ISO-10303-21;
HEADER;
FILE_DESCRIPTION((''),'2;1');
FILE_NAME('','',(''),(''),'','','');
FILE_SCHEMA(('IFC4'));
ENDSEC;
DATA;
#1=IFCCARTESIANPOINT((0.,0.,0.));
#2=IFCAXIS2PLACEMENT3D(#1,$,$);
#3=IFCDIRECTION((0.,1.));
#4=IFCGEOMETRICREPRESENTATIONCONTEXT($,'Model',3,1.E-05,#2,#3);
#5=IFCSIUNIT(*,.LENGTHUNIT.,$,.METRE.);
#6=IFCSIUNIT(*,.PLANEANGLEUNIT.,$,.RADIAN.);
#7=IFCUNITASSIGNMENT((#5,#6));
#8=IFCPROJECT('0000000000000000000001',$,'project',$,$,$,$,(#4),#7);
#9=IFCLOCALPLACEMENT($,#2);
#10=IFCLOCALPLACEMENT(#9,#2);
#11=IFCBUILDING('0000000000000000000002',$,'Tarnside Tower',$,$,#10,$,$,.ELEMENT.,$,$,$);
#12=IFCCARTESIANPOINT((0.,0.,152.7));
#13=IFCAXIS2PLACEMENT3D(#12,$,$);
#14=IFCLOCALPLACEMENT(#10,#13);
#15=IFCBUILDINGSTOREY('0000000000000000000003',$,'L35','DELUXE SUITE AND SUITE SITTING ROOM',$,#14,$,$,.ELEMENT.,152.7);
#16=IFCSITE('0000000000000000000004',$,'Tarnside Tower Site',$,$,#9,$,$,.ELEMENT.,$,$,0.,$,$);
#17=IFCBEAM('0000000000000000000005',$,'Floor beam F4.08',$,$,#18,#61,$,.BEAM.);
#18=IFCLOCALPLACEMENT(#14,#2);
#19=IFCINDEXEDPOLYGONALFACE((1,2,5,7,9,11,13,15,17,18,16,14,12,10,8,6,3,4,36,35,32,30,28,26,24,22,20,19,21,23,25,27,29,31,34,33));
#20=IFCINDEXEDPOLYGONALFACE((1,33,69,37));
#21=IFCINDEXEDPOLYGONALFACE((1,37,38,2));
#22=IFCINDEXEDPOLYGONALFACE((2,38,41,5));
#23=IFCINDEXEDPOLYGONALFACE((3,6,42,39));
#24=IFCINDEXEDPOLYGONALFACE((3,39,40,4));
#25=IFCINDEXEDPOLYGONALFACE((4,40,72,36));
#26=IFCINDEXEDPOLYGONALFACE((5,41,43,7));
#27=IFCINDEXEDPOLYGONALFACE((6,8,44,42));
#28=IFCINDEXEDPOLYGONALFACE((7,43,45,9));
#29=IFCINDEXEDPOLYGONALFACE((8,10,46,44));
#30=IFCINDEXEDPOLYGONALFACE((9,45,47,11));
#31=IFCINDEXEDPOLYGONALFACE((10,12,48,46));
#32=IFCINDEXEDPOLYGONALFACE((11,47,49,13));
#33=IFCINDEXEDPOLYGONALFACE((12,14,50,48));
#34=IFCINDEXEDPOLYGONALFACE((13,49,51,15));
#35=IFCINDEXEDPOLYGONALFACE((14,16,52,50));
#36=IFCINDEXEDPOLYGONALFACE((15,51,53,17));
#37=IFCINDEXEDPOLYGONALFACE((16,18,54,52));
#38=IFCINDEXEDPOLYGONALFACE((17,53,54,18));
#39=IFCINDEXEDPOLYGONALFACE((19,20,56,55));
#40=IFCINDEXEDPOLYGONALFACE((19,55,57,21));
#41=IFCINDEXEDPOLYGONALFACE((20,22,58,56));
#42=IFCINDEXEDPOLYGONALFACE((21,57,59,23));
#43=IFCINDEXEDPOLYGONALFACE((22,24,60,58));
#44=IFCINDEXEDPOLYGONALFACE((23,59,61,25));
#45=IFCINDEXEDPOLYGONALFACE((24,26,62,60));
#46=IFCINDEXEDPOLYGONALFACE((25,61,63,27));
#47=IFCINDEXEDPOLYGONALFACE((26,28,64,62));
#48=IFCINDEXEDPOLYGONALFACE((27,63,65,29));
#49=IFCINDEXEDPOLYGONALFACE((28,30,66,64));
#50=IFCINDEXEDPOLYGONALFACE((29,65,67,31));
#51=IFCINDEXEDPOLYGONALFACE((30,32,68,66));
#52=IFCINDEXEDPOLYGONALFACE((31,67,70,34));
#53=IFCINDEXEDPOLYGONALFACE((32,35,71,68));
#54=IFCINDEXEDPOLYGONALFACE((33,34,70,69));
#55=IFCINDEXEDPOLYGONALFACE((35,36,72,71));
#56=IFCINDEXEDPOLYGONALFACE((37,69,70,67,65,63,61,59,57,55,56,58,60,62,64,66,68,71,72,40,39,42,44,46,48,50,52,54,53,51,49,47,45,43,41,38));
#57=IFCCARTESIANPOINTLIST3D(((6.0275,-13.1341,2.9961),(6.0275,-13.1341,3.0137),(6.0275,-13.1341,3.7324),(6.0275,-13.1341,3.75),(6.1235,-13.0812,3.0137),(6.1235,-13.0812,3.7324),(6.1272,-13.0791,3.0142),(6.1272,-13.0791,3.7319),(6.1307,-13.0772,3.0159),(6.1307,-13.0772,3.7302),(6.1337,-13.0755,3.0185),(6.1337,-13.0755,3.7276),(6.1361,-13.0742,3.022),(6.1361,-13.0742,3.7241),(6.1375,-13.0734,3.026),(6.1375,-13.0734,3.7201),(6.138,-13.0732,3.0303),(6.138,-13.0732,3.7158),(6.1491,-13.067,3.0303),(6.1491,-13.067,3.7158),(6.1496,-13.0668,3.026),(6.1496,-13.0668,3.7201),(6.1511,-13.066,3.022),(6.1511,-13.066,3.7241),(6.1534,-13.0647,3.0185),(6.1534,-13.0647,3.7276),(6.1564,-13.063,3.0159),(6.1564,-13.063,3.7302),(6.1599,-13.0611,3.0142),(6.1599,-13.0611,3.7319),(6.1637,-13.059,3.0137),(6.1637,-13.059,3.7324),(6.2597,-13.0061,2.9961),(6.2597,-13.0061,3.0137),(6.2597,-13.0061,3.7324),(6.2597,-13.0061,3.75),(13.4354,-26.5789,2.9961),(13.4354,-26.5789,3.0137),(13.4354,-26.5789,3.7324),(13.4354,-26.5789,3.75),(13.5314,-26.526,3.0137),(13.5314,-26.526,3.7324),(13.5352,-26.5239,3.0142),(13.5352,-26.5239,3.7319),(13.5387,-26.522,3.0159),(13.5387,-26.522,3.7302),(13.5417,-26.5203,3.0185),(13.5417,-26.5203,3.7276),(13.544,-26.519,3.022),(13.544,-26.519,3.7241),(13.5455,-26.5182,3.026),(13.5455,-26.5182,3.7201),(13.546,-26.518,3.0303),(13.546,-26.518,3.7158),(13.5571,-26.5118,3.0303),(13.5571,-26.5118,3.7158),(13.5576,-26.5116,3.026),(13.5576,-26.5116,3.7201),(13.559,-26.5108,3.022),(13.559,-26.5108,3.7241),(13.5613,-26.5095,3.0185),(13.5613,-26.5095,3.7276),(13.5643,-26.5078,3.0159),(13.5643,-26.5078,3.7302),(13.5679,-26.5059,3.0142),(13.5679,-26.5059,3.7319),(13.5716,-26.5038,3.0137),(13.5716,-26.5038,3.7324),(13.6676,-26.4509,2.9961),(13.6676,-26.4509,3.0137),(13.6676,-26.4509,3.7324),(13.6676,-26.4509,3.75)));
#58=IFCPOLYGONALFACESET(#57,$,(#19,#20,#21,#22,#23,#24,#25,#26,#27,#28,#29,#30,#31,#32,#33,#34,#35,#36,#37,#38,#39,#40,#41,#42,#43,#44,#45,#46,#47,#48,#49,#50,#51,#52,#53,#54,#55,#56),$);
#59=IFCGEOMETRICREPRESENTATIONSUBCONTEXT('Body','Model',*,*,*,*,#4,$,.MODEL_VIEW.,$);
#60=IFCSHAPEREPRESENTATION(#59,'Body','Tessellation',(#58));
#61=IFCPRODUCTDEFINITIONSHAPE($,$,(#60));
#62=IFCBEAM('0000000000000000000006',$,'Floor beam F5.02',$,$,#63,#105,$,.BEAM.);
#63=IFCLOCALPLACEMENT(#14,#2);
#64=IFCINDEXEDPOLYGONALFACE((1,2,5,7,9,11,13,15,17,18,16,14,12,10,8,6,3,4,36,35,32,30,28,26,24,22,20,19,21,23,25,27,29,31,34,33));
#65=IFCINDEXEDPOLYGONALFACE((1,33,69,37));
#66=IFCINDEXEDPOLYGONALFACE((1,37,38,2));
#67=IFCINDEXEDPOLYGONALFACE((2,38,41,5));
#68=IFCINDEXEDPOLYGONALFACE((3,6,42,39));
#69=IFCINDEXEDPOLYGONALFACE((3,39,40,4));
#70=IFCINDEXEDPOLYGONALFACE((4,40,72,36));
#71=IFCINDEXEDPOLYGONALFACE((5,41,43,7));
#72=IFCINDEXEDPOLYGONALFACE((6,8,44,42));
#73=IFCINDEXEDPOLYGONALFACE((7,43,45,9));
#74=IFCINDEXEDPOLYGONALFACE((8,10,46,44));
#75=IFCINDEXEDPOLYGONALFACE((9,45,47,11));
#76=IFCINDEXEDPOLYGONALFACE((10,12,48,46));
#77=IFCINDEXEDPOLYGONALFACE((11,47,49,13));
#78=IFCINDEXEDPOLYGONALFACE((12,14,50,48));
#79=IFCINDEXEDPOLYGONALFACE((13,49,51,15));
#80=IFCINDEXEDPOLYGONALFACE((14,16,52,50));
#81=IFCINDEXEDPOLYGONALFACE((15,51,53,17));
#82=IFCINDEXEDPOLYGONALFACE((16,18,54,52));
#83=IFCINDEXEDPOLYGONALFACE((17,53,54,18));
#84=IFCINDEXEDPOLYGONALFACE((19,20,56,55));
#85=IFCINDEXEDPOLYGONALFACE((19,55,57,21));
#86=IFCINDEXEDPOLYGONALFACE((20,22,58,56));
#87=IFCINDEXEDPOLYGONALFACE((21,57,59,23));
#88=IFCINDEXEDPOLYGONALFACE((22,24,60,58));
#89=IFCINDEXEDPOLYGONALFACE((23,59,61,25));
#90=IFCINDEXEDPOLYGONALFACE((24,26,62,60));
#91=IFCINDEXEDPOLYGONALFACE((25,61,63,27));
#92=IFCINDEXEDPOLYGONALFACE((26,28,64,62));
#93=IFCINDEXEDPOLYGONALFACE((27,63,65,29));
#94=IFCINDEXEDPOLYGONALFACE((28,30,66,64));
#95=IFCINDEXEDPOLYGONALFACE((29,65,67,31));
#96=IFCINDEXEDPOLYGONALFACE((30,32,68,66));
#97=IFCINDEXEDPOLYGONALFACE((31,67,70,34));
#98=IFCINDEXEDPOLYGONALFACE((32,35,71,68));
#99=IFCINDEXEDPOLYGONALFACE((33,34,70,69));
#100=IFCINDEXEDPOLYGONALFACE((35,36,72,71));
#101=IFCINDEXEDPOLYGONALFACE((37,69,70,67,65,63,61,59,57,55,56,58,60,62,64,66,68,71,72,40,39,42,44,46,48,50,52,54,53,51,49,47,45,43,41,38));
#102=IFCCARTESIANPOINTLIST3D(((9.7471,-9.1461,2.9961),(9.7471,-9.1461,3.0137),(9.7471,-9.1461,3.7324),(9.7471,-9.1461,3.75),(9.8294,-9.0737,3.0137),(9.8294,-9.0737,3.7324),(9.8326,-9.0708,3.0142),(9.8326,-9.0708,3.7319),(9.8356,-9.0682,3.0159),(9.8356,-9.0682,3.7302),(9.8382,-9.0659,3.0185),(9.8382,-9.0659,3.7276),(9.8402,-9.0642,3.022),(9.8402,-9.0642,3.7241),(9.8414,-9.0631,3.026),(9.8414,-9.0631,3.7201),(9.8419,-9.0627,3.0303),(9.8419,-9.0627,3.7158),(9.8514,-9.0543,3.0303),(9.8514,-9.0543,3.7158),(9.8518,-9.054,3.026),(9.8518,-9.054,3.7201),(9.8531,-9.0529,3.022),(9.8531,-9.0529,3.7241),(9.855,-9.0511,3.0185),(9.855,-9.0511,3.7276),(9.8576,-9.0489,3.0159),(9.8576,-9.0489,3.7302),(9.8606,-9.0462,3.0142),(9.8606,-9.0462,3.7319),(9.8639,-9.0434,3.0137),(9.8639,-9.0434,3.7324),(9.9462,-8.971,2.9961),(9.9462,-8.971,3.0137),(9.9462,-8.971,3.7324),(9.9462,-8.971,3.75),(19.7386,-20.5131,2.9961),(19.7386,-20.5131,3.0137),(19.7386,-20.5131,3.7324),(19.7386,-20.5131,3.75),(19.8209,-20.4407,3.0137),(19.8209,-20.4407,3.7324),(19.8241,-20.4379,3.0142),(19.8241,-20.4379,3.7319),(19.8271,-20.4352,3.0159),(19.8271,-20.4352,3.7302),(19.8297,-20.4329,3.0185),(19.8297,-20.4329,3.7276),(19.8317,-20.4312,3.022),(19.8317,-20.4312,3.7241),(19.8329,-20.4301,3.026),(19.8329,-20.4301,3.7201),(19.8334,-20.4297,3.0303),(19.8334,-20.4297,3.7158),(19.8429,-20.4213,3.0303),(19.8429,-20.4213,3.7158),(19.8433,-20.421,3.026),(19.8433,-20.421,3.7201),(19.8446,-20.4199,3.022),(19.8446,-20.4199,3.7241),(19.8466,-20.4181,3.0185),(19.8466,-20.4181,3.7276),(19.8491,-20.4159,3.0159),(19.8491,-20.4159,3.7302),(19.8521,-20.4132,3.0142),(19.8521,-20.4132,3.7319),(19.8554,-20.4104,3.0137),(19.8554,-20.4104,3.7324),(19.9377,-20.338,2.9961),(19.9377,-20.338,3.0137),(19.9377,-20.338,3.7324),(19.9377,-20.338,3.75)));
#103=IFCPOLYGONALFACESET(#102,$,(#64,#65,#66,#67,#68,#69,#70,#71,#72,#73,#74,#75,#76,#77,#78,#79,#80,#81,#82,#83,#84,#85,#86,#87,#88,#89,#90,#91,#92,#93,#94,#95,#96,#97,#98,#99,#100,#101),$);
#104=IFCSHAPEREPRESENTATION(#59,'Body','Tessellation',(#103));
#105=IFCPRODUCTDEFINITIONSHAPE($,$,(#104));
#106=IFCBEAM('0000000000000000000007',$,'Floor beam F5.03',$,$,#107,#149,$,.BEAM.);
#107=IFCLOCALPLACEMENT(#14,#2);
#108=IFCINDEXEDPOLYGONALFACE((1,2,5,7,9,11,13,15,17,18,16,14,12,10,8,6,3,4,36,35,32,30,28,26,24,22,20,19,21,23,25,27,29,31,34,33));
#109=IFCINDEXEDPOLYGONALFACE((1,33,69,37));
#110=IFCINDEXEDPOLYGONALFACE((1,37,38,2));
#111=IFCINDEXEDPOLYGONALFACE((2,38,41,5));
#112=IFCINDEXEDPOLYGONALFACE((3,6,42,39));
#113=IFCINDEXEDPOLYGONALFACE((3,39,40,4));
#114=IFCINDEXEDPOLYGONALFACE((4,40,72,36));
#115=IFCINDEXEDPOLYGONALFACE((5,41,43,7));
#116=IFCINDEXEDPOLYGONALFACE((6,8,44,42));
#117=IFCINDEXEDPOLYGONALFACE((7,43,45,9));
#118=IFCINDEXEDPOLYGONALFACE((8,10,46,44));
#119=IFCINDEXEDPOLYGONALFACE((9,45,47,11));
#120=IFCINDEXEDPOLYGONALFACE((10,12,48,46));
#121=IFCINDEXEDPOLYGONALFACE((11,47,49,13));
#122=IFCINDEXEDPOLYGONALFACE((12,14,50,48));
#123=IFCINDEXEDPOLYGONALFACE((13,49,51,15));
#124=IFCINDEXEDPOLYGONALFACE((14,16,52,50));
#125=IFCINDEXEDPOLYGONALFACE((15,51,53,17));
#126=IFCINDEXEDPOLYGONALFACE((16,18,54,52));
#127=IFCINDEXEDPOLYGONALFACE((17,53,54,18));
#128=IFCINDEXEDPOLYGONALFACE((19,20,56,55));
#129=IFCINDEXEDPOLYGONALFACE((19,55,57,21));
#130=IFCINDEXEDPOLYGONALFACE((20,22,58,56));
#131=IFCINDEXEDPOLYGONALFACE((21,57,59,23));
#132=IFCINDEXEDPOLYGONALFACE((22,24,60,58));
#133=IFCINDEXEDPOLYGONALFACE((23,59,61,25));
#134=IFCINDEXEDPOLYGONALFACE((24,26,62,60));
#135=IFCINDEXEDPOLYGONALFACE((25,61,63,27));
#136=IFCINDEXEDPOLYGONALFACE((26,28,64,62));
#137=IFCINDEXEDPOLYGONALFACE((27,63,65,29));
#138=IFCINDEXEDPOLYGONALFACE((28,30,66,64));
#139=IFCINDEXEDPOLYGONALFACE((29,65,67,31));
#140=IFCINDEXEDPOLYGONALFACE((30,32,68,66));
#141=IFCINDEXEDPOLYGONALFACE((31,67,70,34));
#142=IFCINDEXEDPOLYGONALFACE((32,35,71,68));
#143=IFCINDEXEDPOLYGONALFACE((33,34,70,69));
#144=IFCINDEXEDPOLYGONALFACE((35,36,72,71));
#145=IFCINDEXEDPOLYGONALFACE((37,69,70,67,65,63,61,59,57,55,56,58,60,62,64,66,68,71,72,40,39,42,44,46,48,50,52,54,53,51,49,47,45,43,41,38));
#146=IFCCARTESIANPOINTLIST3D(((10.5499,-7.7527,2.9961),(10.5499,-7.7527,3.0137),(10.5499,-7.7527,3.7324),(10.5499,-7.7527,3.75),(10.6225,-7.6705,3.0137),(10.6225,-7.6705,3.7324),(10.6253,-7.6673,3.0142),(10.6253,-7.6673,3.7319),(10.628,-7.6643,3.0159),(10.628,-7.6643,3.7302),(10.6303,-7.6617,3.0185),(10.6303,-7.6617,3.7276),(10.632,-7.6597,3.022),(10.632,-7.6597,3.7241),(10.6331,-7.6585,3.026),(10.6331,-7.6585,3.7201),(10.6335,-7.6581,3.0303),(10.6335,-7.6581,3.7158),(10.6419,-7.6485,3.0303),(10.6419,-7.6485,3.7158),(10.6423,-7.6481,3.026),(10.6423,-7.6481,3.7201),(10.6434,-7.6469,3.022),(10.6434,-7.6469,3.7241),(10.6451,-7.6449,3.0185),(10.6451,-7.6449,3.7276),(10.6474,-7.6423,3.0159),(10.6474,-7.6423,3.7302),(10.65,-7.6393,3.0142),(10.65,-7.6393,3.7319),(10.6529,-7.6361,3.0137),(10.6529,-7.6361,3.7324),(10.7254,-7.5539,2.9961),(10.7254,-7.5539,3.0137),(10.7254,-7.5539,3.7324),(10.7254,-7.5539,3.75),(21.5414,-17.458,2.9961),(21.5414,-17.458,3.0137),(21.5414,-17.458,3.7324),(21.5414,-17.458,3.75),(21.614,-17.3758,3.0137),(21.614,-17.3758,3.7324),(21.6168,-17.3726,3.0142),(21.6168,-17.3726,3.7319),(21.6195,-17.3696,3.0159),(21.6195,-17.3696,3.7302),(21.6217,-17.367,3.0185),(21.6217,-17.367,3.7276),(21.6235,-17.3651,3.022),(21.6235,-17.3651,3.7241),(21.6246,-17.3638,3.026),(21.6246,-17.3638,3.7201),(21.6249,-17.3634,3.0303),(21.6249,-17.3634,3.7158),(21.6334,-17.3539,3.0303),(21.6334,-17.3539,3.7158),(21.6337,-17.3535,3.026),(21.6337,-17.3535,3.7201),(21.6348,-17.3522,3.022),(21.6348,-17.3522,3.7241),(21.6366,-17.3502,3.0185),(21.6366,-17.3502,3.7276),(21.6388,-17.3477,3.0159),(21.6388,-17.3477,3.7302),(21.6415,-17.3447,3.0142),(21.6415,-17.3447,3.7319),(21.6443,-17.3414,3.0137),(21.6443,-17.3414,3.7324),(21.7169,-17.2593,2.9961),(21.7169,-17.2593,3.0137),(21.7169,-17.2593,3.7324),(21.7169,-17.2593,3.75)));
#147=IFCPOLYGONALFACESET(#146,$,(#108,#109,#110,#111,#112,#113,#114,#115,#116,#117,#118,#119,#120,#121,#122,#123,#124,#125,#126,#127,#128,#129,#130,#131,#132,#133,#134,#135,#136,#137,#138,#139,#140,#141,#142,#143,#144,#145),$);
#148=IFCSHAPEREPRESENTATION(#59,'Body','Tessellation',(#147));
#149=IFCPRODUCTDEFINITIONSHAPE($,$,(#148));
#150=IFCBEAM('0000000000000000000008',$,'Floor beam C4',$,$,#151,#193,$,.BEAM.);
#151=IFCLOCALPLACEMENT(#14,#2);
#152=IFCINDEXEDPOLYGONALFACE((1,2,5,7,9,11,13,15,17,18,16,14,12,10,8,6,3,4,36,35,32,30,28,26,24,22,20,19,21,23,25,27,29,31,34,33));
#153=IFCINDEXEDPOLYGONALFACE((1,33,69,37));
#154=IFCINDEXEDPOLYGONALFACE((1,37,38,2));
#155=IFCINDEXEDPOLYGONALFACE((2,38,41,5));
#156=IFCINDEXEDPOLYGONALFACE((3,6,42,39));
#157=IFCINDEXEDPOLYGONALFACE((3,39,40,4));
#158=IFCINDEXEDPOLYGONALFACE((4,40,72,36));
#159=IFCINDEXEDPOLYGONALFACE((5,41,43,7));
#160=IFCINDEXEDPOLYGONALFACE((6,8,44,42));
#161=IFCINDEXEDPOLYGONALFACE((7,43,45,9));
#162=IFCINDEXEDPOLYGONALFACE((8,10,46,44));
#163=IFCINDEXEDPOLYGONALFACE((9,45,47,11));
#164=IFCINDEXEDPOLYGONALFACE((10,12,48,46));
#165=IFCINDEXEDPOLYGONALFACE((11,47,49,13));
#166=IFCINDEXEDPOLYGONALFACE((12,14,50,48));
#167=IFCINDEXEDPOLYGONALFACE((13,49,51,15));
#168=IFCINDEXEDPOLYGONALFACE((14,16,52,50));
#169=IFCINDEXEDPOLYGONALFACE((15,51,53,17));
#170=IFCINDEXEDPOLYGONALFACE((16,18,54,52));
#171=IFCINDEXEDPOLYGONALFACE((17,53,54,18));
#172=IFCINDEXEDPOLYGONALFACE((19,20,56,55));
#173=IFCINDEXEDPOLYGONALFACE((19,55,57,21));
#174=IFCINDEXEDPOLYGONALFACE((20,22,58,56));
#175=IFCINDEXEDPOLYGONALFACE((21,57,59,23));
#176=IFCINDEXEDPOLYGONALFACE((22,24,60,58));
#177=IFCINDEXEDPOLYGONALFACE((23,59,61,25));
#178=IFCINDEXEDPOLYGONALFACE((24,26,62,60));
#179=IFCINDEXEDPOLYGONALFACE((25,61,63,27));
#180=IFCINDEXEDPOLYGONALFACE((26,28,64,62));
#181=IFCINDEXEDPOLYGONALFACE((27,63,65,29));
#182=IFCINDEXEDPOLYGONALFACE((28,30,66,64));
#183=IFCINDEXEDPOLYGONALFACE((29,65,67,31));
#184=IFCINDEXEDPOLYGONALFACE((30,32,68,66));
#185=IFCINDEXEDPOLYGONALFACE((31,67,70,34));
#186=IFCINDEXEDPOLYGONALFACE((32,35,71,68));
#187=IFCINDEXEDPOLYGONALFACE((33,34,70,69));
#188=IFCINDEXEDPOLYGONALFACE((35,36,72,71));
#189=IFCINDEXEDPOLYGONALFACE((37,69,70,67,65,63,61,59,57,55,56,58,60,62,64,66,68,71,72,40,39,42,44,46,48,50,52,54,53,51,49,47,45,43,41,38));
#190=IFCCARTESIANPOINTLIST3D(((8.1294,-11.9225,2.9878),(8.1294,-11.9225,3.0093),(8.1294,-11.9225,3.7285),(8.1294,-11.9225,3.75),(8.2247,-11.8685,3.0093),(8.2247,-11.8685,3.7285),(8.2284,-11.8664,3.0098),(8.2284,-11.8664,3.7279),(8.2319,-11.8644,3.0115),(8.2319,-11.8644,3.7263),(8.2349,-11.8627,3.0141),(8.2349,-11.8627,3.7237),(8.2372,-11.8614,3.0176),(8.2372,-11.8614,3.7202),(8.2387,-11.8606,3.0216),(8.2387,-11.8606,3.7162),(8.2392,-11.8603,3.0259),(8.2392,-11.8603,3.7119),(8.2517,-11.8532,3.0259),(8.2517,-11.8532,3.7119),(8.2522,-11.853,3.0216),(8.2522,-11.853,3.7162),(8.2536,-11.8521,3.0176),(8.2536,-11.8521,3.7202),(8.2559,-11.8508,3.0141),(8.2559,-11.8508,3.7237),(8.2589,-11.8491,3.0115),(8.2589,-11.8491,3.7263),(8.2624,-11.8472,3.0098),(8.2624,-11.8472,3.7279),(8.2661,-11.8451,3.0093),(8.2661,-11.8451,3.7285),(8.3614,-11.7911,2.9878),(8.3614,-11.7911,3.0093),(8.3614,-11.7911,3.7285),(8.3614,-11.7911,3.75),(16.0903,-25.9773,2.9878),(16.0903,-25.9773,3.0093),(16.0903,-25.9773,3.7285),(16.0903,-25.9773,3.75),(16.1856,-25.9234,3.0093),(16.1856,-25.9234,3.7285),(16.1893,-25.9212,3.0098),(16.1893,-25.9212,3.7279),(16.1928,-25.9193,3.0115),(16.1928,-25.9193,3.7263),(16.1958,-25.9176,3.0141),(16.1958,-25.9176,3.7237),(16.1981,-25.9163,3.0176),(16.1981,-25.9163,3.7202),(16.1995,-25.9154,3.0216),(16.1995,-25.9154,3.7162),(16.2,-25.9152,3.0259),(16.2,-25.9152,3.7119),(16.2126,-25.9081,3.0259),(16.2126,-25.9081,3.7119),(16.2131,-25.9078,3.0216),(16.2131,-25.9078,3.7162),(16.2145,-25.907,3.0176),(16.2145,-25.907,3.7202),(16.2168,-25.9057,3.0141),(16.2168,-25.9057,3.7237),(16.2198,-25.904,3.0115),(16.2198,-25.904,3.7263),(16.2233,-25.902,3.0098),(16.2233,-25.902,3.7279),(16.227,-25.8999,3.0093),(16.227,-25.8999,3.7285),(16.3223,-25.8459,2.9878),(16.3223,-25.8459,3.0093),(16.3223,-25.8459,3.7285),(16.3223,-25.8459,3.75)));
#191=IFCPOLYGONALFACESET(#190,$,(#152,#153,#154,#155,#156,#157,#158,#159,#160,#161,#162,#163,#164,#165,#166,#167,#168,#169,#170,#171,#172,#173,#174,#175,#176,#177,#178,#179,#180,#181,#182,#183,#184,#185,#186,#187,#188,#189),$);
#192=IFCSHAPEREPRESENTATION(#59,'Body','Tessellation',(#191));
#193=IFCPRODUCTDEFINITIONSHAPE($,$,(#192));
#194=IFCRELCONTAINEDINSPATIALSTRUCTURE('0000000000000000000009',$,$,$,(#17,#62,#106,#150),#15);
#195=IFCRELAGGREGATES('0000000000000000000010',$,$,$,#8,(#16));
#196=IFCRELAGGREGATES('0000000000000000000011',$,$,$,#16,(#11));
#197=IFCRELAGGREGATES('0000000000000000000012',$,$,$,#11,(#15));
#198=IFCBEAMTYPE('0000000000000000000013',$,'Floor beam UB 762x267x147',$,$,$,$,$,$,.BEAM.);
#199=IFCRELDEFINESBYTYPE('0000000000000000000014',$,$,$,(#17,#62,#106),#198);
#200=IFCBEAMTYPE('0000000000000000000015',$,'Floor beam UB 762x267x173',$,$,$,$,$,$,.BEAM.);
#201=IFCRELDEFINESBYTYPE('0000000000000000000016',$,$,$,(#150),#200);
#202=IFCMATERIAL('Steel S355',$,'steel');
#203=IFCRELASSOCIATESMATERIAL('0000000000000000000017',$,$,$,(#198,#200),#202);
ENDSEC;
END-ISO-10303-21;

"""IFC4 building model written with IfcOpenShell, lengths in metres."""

from ifc_helpers import new_model, si_unit, direction, frame, origin, origin_2d, place, context, subcontext, project, spatial, i_section, extrude, material, material_profile, profile_set, type_object, element, save


model = new_model("IFC4")

# Units and contexts
model_context = context("Model", 3, precision=1e-05, world=origin(), true_north=direction((0.0, 1.0)))
body_context = subcontext(model_context, "Body", "Model", "MODEL_VIEW")
ifc_project = project(units=[si_unit("LENGTHUNIT", "METRE"), si_unit("PLANEANGLEUNIT", "RADIAN")], contexts=[model_context])

# Site, building, storey
site_placement = place(None, origin())
site = spatial("IfcSite", under=ifc_project, at=site_placement, Name="Tarnside Tower Site", CompositionType="ELEMENT", RefElevation=0.0)
building_placement = place(site_placement, origin())
building = spatial("IfcBuilding", under=site, at=building_placement, Name="Tarnside Tower", CompositionType="ELEMENT")
storey_placement = place(building_placement, frame((0.0, 0.0, 152.7)))
storey = spatial("IfcBuildingStorey", under=building, at=storey_placement, Name="L35", Description="DELUXE SUITE AND SUITE SITTING ROOM", CompositionType="ELEMENT", Elevation=152.7)

# Beams
ifc_material_1 = material(Name="Steel S355", Category="steel")
ifc_material_profile_1 = material_profile(ifc_material_1, i_section(OverallWidth=0.2651, OverallDepth=0.7539, WebThickness=0.0127, FlangeThickness=0.0176, FilletRadius=0.0166, at=origin_2d()), Name="UB 762x267x147")
ifc_profile_set_1 = profile_set([ifc_material_profile_1], Name="Steel S355")
beam_type_1 = type_object("IfcBeamType", Name="Floor beam UB 762x267x147", PredefinedType="BEAM", material=ifc_profile_set_1)
beam_1_placement = place(storey_placement, frame((13.5515, -26.5149, 3.373), z_axis=(-0.482584, 0.87585, 0.0), x_axis=(-0.87585, -0.482584, 0.0)))
element("IfcBeam", 1, at=beam_1_placement, inside=storey, type_object=beam_type_1, Name="Floor beam F4.08", PredefinedType="BEAM", context=body_context, shape_type="SweptSolid", body=[
    extrude(i_section(OverallWidth=0.2651, OverallDepth=0.7539, WebThickness=0.0127, FlangeThickness=0.0176, FilletRadius=0.0166, at=origin_2d()), origin(), (0.0, 0.0, 1.0), 15.3506),
])
beam_2_placement = place(storey_placement, frame((19.8381, -20.4255, 3.373), z_axis=(-0.660201, 0.751089, 0.0), x_axis=(-0.751089, -0.660201, 0.0)))
element("IfcBeam", 2, at=beam_2_placement, inside=storey, type_object=beam_type_1, Name="Floor beam F5.02", PredefinedType="BEAM", context=body_context, shape_type="SweptSolid", body=[
    extrude(i_section(OverallWidth=0.2651, OverallDepth=0.7539, WebThickness=0.0127, FlangeThickness=0.0176, FilletRadius=0.0166, at=origin_2d()), origin(), (0.0, 0.0, 1.0), 15.134),
])
beam_3_placement = place(storey_placement, frame((21.6292, -17.3586, 3.373), z_axis=(-0.749602, 0.661889, 0.0), x_axis=(-0.661889, -0.749602, 0.0)))
element("IfcBeam", 3, at=beam_3_placement, inside=storey, type_object=beam_type_1, Name="Floor beam F5.03", PredefinedType="BEAM", context=body_context, shape_type="SweptSolid", body=[
    extrude(i_section(OverallWidth=0.2651, OverallDepth=0.7539, WebThickness=0.0127, FlangeThickness=0.0176, FilletRadius=0.0166, at=origin_2d()), origin(), (0.0, 0.0, 1.0), 14.6631),
])
ifc_material_profile_2 = material_profile(ifc_material_1, i_section(OverallWidth=0.2666, OverallDepth=0.7622, WebThickness=0.0144, FlangeThickness=0.0215, FilletRadius=0.0166, at=origin_2d()), Name="UB 762x267x173")
ifc_profile_set_2 = profile_set([ifc_material_profile_2], Name="Steel S355")
beam_type_2 = type_object("IfcBeamType", Name="Floor beam UB 762x267x173", PredefinedType="BEAM", material=ifc_profile_set_2)
beam_4_placement = place(storey_placement, frame((16.2063, -25.9116, 3.3689), z_axis=(-0.492847, 0.870116, 0.0), x_axis=(-0.870116, -0.492847, 0.0)))
element("IfcBeam", 4, at=beam_4_placement, inside=storey, type_object=beam_type_2, Name="Floor beam C4", PredefinedType="BEAM", context=body_context, shape_type="SweptSolid", body=[
    extrude(i_section(OverallWidth=0.2666, OverallDepth=0.7622, WebThickness=0.0144, FlangeThickness=0.0215, FilletRadius=0.0166, at=origin_2d()), origin(), (0.0, 0.0, 1.0), 16.1528),
])

save(model, "model.ifc")
